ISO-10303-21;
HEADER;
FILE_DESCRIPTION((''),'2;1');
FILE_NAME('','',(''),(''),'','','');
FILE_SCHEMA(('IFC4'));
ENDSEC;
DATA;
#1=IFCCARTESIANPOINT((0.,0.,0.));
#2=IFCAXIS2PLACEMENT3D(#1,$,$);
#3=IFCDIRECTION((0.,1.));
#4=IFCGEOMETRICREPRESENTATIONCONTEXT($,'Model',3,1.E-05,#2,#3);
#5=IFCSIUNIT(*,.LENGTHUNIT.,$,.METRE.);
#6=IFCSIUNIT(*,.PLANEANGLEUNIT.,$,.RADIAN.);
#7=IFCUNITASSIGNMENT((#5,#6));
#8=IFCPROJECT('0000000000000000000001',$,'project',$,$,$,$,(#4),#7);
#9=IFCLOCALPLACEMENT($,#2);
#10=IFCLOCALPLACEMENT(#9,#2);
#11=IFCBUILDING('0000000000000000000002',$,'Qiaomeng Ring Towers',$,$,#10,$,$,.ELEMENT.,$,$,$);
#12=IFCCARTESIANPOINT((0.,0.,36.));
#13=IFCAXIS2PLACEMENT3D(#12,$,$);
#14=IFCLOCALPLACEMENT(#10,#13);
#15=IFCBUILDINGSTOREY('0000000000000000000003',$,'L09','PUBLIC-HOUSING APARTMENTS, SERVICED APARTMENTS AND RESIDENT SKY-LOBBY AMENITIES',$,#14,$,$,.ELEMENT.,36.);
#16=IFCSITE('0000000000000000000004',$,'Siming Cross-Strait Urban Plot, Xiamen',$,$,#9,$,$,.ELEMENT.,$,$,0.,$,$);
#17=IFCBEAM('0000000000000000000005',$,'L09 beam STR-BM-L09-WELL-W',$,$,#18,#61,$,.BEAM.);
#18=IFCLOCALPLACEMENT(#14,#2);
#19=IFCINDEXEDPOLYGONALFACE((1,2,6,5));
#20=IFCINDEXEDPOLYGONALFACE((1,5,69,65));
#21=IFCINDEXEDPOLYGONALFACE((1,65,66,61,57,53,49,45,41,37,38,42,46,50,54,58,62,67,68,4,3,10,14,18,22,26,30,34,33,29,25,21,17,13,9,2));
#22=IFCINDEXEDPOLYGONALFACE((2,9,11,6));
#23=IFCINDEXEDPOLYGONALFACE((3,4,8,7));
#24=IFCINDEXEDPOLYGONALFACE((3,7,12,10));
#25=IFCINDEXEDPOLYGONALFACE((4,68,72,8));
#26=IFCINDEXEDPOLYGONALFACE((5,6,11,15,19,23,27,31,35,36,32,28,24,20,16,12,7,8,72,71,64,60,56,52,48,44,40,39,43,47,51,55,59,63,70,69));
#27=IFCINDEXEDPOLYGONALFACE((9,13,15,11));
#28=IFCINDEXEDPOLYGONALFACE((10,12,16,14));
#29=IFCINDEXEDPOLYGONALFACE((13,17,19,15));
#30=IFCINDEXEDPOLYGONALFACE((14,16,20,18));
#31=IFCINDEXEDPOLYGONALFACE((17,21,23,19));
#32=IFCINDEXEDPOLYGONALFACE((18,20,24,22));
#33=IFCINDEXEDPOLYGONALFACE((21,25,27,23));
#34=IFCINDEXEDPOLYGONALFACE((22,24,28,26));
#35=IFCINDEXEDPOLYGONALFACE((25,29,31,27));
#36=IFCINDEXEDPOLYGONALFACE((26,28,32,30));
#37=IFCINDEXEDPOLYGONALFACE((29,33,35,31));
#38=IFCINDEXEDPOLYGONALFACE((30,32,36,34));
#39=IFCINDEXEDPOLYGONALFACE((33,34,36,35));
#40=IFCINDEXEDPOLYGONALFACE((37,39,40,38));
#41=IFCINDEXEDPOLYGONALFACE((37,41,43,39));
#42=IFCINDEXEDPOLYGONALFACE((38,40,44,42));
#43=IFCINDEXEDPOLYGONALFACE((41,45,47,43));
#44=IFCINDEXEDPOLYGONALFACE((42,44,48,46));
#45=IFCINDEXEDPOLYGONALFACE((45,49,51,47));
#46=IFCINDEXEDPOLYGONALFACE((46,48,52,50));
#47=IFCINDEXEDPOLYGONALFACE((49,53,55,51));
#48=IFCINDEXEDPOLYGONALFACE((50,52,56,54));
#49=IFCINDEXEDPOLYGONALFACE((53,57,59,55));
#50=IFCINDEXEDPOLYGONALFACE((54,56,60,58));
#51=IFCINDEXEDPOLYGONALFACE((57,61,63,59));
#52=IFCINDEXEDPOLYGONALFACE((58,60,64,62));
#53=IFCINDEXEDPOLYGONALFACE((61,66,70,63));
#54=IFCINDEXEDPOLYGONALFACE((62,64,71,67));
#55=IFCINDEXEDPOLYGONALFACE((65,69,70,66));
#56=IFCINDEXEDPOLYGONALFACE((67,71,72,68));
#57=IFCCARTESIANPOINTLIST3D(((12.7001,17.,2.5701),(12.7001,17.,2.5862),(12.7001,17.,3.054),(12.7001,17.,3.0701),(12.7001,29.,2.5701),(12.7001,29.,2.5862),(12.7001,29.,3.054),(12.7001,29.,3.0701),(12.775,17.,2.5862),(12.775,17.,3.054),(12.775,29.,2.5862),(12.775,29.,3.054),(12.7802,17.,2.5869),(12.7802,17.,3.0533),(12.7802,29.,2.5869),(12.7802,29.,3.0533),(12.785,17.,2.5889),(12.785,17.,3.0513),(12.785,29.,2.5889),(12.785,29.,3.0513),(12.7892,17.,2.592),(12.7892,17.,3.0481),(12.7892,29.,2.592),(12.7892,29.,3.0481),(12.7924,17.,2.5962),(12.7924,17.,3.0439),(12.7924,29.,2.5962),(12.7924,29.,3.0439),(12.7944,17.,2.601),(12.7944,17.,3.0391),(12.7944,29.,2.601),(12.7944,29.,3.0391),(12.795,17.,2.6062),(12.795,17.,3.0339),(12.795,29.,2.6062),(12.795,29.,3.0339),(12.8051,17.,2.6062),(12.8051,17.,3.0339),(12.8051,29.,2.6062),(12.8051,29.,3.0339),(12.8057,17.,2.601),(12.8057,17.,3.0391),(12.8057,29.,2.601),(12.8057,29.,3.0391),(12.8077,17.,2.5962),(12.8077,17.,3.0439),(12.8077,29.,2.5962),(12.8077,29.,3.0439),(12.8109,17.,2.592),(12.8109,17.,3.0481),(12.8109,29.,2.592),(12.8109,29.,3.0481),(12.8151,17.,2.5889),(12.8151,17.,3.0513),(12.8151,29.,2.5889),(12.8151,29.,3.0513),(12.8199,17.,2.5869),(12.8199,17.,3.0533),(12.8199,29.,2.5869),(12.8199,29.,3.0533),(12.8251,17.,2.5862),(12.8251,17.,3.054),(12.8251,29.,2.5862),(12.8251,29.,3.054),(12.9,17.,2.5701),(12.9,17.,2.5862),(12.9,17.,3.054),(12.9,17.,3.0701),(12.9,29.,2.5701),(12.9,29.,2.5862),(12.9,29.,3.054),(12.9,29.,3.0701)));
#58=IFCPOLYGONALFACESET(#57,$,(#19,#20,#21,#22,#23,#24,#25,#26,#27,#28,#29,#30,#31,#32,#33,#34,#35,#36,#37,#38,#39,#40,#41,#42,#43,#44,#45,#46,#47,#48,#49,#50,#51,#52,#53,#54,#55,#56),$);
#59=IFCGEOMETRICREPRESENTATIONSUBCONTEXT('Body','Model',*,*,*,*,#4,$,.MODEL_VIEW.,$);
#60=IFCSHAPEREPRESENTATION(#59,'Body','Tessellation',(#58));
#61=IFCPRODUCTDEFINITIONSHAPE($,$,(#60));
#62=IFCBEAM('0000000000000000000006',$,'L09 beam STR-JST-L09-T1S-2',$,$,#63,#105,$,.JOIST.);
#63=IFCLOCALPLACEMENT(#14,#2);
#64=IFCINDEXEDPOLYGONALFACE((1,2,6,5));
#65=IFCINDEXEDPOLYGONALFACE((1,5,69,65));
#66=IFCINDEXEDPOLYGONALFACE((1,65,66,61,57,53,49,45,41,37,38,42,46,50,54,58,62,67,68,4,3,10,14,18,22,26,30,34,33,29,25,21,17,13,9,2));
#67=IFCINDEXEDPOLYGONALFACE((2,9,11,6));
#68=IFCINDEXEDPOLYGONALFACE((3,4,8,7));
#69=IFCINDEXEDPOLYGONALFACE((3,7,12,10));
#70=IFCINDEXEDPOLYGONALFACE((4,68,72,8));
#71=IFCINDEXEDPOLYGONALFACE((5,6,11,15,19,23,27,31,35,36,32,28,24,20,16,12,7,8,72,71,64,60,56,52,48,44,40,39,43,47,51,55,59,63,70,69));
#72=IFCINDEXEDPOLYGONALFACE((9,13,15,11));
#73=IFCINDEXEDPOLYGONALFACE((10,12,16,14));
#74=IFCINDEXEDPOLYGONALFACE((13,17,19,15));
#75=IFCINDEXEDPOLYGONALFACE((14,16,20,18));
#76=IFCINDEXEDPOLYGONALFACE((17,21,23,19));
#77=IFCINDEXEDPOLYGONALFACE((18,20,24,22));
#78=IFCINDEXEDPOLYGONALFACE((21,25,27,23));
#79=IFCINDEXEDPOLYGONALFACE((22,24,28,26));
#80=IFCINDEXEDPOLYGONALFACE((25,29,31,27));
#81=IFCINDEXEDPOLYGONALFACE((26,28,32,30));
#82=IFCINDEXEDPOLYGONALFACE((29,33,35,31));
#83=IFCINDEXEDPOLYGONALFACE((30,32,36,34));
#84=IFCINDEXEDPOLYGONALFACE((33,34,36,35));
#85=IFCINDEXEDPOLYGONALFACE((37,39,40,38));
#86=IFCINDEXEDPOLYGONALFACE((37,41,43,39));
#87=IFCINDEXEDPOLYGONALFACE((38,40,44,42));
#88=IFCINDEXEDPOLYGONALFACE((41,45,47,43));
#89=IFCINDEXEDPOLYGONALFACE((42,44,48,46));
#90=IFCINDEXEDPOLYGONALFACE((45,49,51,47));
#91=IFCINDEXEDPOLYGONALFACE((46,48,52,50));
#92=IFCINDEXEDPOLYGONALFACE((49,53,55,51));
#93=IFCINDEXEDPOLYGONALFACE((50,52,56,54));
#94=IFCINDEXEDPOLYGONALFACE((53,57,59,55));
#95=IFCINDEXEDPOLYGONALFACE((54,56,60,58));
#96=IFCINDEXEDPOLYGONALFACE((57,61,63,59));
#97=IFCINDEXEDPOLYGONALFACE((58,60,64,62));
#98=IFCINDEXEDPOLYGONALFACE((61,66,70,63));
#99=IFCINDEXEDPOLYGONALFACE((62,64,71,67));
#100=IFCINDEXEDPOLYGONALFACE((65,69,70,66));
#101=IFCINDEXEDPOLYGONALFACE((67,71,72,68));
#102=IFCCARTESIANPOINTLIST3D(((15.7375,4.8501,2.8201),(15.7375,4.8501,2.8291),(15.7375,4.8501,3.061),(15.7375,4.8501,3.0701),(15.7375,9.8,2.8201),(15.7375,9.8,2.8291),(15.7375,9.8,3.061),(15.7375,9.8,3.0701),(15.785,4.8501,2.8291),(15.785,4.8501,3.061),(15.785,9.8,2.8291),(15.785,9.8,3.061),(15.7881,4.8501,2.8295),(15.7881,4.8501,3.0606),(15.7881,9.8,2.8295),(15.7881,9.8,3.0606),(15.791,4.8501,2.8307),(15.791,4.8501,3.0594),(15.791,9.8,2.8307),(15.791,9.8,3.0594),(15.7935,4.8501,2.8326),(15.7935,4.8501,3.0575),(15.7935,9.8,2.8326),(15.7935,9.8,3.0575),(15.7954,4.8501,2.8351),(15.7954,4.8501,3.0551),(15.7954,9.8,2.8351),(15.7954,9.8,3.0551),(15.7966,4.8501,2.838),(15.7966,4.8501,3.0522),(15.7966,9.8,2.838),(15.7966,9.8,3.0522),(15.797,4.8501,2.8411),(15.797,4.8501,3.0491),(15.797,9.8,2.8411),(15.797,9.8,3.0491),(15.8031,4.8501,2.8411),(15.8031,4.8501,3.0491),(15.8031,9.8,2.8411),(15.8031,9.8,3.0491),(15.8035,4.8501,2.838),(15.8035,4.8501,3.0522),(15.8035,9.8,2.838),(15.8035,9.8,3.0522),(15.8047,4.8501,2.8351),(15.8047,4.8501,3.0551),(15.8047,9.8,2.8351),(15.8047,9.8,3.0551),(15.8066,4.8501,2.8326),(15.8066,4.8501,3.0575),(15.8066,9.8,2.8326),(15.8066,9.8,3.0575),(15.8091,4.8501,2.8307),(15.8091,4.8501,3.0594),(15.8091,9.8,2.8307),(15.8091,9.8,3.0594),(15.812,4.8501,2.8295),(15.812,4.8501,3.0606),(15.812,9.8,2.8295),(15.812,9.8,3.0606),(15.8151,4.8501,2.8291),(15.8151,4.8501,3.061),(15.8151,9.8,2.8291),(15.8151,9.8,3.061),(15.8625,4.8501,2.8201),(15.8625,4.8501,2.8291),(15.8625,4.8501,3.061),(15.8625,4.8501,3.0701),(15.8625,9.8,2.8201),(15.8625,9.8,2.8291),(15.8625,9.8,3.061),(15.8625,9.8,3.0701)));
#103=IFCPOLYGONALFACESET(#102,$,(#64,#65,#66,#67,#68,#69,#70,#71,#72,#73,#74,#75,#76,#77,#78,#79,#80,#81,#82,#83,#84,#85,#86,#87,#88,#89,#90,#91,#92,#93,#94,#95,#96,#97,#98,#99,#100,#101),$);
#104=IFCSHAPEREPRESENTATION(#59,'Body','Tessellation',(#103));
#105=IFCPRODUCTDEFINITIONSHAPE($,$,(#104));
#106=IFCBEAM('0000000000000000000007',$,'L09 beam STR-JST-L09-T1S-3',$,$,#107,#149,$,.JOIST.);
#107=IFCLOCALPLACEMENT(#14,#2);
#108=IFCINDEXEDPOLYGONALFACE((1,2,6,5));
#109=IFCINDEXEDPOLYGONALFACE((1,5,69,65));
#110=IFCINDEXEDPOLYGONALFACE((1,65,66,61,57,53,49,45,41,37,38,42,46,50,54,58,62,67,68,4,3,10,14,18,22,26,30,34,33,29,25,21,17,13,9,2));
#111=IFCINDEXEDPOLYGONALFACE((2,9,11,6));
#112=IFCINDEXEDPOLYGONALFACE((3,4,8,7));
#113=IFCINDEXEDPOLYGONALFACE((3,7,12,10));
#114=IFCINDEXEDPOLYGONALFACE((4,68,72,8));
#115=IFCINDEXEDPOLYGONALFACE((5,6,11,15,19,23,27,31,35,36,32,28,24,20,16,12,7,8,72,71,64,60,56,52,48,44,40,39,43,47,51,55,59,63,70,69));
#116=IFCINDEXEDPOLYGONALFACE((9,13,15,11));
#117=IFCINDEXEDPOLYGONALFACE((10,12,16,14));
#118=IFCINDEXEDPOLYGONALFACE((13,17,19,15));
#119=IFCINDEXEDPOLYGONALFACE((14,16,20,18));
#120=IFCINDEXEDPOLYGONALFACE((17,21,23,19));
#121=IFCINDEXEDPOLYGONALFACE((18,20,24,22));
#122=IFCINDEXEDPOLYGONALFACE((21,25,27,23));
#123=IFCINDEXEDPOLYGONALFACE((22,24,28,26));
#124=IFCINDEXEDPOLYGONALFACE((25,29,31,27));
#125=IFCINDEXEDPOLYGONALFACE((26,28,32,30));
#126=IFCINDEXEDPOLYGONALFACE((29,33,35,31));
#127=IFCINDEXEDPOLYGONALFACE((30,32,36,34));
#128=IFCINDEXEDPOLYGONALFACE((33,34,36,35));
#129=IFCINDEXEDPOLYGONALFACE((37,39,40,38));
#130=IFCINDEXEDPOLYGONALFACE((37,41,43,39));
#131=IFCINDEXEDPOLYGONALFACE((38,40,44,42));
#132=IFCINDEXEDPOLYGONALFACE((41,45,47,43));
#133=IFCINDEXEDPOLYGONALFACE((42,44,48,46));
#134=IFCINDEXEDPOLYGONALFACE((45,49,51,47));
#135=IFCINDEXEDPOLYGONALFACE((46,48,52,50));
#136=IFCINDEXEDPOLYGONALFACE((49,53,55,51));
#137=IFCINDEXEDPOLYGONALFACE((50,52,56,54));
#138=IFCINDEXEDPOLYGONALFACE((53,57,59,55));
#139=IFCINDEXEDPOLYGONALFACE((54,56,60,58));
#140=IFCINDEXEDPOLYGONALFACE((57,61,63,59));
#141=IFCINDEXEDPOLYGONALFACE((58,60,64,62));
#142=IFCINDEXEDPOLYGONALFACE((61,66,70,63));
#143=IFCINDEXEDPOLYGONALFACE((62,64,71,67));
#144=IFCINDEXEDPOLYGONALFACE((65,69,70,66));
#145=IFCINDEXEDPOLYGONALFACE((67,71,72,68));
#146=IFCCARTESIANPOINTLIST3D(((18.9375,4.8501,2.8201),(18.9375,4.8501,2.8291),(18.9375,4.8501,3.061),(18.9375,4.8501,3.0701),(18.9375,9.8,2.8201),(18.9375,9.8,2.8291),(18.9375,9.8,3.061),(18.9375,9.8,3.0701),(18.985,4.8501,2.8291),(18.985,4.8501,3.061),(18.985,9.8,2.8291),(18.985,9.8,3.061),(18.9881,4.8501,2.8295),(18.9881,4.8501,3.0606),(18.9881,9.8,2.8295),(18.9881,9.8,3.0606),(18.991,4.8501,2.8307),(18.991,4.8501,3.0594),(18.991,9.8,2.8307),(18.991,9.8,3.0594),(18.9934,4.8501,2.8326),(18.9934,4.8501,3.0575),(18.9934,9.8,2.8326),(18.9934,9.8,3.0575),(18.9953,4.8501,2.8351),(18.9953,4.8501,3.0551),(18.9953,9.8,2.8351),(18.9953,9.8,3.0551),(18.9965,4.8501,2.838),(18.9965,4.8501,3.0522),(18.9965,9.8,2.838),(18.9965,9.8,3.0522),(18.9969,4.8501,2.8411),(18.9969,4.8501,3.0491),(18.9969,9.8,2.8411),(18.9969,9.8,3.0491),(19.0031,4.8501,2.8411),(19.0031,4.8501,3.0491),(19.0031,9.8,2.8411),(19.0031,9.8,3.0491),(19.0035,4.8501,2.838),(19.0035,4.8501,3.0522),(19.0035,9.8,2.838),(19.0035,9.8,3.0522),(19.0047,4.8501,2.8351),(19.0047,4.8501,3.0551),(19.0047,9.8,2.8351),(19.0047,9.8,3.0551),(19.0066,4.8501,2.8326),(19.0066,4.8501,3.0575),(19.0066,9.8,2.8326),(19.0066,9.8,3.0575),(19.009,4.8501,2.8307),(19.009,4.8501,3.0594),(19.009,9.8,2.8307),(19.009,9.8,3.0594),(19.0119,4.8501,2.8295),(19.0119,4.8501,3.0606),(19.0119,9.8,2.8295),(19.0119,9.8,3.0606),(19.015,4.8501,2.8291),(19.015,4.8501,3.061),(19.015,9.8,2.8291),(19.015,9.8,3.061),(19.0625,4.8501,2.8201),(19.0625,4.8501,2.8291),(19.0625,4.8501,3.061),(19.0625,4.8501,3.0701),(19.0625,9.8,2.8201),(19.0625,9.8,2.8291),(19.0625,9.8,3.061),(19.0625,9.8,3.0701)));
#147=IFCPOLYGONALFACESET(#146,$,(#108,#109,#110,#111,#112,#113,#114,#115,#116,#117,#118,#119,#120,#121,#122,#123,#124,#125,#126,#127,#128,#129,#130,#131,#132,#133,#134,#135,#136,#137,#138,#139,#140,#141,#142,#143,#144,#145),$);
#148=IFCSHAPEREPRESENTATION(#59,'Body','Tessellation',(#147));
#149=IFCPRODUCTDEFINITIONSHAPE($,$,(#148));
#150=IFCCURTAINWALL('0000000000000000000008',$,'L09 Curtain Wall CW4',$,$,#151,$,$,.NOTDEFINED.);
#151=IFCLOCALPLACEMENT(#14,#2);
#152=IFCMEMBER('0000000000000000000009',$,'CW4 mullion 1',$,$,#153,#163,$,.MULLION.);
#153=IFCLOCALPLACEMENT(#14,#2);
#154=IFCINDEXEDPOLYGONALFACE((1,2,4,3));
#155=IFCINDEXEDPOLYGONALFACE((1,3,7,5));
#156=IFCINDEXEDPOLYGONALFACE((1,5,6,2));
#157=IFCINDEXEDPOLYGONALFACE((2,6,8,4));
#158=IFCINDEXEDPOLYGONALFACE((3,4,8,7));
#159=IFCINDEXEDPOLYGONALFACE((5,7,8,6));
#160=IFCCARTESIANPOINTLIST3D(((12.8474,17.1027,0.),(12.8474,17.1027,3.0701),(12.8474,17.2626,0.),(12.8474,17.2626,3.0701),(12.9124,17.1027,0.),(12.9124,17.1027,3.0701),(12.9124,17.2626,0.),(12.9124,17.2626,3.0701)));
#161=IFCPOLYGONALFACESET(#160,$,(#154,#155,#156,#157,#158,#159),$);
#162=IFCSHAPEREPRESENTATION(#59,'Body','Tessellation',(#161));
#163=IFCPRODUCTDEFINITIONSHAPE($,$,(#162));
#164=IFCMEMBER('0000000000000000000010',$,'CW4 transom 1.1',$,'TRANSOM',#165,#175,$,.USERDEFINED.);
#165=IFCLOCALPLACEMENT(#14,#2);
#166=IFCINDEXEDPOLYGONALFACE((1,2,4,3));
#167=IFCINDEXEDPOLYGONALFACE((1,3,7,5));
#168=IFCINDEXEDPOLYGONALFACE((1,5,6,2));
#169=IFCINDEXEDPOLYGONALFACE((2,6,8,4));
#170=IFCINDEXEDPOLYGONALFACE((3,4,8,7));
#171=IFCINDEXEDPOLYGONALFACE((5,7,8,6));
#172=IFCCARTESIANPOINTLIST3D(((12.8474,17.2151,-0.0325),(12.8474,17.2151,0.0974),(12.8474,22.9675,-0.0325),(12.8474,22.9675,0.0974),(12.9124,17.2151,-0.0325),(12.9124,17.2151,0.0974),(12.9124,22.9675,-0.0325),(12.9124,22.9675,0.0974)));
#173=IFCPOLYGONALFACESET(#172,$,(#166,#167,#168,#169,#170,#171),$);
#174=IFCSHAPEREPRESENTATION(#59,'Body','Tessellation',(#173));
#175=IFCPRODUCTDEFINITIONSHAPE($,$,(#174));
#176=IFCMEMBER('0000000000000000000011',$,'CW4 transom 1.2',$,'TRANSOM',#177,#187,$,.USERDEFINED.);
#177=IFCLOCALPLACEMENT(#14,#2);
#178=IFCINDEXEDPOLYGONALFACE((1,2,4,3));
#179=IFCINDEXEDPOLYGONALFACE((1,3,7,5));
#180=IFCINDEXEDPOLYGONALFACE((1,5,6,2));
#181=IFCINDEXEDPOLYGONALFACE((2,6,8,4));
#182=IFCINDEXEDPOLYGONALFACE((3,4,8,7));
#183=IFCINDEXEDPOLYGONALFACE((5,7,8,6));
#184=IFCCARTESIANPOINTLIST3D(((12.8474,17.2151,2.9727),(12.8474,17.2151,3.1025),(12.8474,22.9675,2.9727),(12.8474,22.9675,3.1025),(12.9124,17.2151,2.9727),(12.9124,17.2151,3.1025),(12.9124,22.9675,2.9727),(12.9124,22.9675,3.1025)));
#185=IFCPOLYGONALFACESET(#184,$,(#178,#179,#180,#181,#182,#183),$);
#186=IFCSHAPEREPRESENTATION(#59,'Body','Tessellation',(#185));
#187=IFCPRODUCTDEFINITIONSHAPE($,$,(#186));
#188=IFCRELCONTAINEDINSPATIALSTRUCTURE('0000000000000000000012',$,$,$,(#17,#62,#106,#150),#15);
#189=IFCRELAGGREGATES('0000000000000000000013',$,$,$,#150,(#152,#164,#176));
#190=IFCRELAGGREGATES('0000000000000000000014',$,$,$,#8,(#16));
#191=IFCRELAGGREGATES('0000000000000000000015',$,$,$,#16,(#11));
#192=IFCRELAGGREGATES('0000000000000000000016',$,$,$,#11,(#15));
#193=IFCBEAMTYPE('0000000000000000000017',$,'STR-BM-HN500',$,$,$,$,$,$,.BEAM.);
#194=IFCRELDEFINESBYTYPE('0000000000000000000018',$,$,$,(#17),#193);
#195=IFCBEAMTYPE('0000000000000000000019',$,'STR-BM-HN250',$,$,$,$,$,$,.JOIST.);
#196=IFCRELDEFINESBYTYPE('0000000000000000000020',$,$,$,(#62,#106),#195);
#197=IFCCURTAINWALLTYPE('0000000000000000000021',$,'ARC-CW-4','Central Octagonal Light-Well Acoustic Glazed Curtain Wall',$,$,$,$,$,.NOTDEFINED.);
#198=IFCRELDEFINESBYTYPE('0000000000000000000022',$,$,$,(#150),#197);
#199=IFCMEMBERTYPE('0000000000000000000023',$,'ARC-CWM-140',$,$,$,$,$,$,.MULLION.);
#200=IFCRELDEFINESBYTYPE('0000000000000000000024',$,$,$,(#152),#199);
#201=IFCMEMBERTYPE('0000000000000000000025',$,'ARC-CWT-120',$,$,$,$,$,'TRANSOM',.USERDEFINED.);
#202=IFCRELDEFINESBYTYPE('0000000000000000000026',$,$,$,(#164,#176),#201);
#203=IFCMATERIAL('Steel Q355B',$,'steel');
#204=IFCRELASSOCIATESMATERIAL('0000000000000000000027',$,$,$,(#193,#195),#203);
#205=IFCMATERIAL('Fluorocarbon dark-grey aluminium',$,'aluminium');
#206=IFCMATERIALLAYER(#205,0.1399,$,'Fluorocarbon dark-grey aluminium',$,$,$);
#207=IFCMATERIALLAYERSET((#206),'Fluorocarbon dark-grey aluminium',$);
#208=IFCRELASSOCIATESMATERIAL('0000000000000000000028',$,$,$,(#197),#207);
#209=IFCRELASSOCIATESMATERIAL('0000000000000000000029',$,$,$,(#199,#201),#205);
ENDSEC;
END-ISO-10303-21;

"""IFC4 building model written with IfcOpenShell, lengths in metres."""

from ifc_helpers import new_model, si_unit, direction, frame, origin, origin_2d, place, context, subcontext, project, spatial, rectangle, i_section, extrude, source, transform, mapped, material, layer, layer_set, material_profile, profile_set, type_object, element, aggregate, save


model = new_model("IFC4")

# Units and contexts
model_context = context("Model", 3, precision=1e-05, world=origin(), true_north=direction((0.0, 1.0)))
body_context = subcontext(model_context, "Body", "Model", "MODEL_VIEW")
ifc_project = project(units=[si_unit("LENGTHUNIT", "METRE"), si_unit("PLANEANGLEUNIT", "RADIAN")], contexts=[model_context])

# Site, building, storey
site_placement = place(None, origin())
site = spatial("IfcSite", under=ifc_project, at=site_placement, Name="Siming Cross-Strait Urban Plot, Xiamen", CompositionType="ELEMENT", RefElevation=0.0)
building_placement = place(site_placement, origin())
building = spatial("IfcBuilding", under=site, at=building_placement, Name="Qiaomeng Ring Towers", CompositionType="ELEMENT")
storey_placement = place(building_placement, frame((0.0, 0.0, 36.0)))
storey = spatial("IfcBuildingStorey", under=building, at=storey_placement, Name="L09", Description="PUBLIC-HOUSING APARTMENTS, SERVICED APARTMENTS AND RESIDENT SKY-LOBBY AMENITIES", CompositionType="ELEMENT", Elevation=36.0)

# Beams
ifc_material_1 = material(Name="Steel Q355B", Category="steel")
ifc_material_profile_1 = material_profile(ifc_material_1, i_section(OverallWidth=0.2, OverallDepth=0.5, WebThickness=0.01, FlangeThickness=0.0161, FilletRadius=0.02, at=origin_2d()), Name="HN 500x200x10x16")
ifc_profile_set_1 = profile_set([ifc_material_profile_1], Name="Steel Q355B")
beam_type_1 = type_object("IfcBeamType", Name="STR-BM-HN500", PredefinedType="BEAM", material=ifc_profile_set_1)
shared_shape_1 = source(origin(), body_context, "Body", "SweptSolid", [
    extrude(i_section(OverallWidth=0.2, OverallDepth=0.5, WebThickness=0.01, FlangeThickness=0.0161, FilletRadius=0.02, at=origin_2d()), origin(), (0.0, 0.0, 1.0), 12.0),
])
beam_placement = place(storey_placement, frame((12.8, 17.0, 2.8201), z_axis=(0.0, 1.0, 0.0), x_axis=(-1.0, 0.0, 0.0)))
element("IfcBeam", 1, at=beam_placement, inside=storey, type_object=beam_type_1, Name="L09 beam STR-BM-L09-WELL-W", PredefinedType="BEAM", context=body_context, shape_type="MappedRepresentation", body=[
    mapped(shared_shape_1, transform((0.0, 0.0, 0.0), x_axis=(1.0, 0.0, 0.0), y_axis=(0.0, 1.0, 0.0), z_axis=(0.0, 0.0, 1.0), scale=1.0)),
])
ifc_material_profile_2 = material_profile(ifc_material_1, i_section(OverallWidth=0.125, OverallDepth=0.25, WebThickness=0.0061, FlangeThickness=0.009, FilletRadius=0.012, at=origin_2d()), Name="HN 250x125x6x9")
ifc_profile_set_2 = profile_set([ifc_material_profile_2], Name="Steel Q355B")
beam_type_2 = type_object("IfcBeamType", Name="STR-BM-HN250", PredefinedType="JOIST", material=ifc_profile_set_2)
shared_shape_2 = source(origin(), body_context, "Body", "SweptSolid", [
    extrude(i_section(OverallWidth=0.125, OverallDepth=0.25, WebThickness=0.0061, FlangeThickness=0.009, FilletRadius=0.012, at=origin_2d()), origin(), (0.0, 0.0, 1.0), 4.95),
])
for number, where, z_axis, x_axis, name in (
    (2, (15.8, 4.8501, 2.9451), (0.0, 1.0, 0.0), (-1.0, 0.0, 0.0), "L09 beam STR-JST-L09-T1S-2"),
    (3, (19.0, 4.8501, 2.9451), (0.0, 1.0, 0.0), (-1.0, 0.0, 0.0), "L09 beam STR-JST-L09-T1S-3"),
):
    element("IfcBeam", number, at=place(storey_placement, frame(where, z_axis=z_axis, x_axis=x_axis)), inside=storey, type_object=beam_type_2, Name=name, PredefinedType="JOIST", context=body_context, shape_type="MappedRepresentation", body=[
        mapped(shared_shape_2, transform((0.0, 0.0, 0.0), x_axis=(1.0, 0.0, 0.0), y_axis=(0.0, 1.0, 0.0), z_axis=(0.0, 0.0, 1.0), scale=1.0)),
    ])

# Curtain wall, members
ifc_material_2 = material(Name="Fluorocarbon dark-grey aluminium", Category="aluminium")
ifc_layer_1 = layer(ifc_material_2, 0.1399, Name="Fluorocarbon dark-grey aluminium")
ifc_layer_set_1 = layer_set([ifc_layer_1], Name="Fluorocarbon dark-grey aluminium")
curtain_wall_type = type_object("IfcCurtainWallType", Name="ARC-CW-4", Description="Central Octagonal Light-Well Acoustic Glazed Curtain Wall", PredefinedType="NOTDEFINED", material=ifc_layer_set_1)
curtain_wall_placement = place(storey_placement, origin())
curtain_wall = element("IfcCurtainWall", 4, at=curtain_wall_placement, inside=storey, type_object=curtain_wall_type, Name="L09 Curtain Wall CW4", PredefinedType="NOTDEFINED")
ifc_material_profile_3 = material_profile(ifc_material_2, rectangle(XDim=0.0649, YDim=0.1599, at=origin_2d()), Name="ALU MULL 65x160")
ifc_profile_set_3 = profile_set([ifc_material_profile_3], Name="Fluorocarbon dark-grey aluminium")
member_type_1 = type_object("IfcMemberType", Name="ARC-CWM-140", PredefinedType="MULLION", material=ifc_profile_set_3)
shared_shape_3 = source(origin(), body_context, "Body", "SweptSolid", [
    extrude(rectangle(XDim=0.0649, YDim=0.1599, at=origin_2d()), origin(), (0.0, 0.0, 1.0), 3.0701),
])
member_1_placement = place(storey_placement, frame((12.8799, 17.1826, 0.0), z_axis=(0.0, 0.0, 1.0), x_axis=(-1.0, 0.0, 0.0)))
member_1 = element("IfcMember", 5, at=member_1_placement, type_object=member_type_1, Name="CW4 mullion 1", PredefinedType="MULLION", context=body_context, shape_type="MappedRepresentation", body=[
    mapped(shared_shape_3, transform((0.0, 0.0, 0.0), x_axis=(1.0, 0.0, 0.0), y_axis=(0.0, 1.0, 0.0), z_axis=(0.0, 0.0, 1.0), scale=1.0)),
])
ifc_material_profile_4 = material_profile(ifc_material_2, rectangle(XDim=0.0649, YDim=0.1299, at=origin_2d()), Name="ALU TRAN 65x130")
ifc_profile_set_4 = profile_set([ifc_material_profile_4], Name="Fluorocarbon dark-grey aluminium")
member_type_2 = type_object("IfcMemberType", Name="ARC-CWT-120", ElementType="TRANSOM", PredefinedType="USERDEFINED", material=ifc_profile_set_4)
shared_shape_4 = source(origin(), body_context, "Body", "SweptSolid", [
    extrude(rectangle(XDim=0.0649, YDim=0.1299, at=origin_2d()), origin(), (0.0, 0.0, 1.0), 5.7524),
])
member_2_placement = place(storey_placement, frame((12.8799, 17.2151, 0.0325), z_axis=(0.0, 1.0, 0.0), x_axis=(-1.0, 0.0, 0.0)))
member_2 = element("IfcMember", 6, at=member_2_placement, type_object=member_type_2, Name="CW4 transom 1.1", ObjectType="TRANSOM", PredefinedType="USERDEFINED", context=body_context, shape_type="MappedRepresentation", body=[
    mapped(shared_shape_4, transform((0.0, 0.0, 0.0), x_axis=(1.0, 0.0, 0.0), y_axis=(0.0, 1.0, 0.0), z_axis=(0.0, 0.0, 1.0), scale=1.0)),
])
member_3_placement = place(storey_placement, frame((12.8799, 17.2151, 3.0376), z_axis=(0.0, 1.0, 0.0), x_axis=(-1.0, 0.0, 0.0)))
member_3 = element("IfcMember", 7, at=member_3_placement, type_object=member_type_2, Name="CW4 transom 1.2", ObjectType="TRANSOM", PredefinedType="USERDEFINED", context=body_context, shape_type="MappedRepresentation", body=[
    mapped(shared_shape_4, transform((0.0, 0.0, 0.0), x_axis=(1.0, 0.0, 0.0), y_axis=(0.0, 1.0, 0.0), z_axis=(0.0, 0.0, 1.0), scale=1.0)),
])
aggregate(curtain_wall, [member_1, member_2, member_3])

save(model, "model.ifc")
